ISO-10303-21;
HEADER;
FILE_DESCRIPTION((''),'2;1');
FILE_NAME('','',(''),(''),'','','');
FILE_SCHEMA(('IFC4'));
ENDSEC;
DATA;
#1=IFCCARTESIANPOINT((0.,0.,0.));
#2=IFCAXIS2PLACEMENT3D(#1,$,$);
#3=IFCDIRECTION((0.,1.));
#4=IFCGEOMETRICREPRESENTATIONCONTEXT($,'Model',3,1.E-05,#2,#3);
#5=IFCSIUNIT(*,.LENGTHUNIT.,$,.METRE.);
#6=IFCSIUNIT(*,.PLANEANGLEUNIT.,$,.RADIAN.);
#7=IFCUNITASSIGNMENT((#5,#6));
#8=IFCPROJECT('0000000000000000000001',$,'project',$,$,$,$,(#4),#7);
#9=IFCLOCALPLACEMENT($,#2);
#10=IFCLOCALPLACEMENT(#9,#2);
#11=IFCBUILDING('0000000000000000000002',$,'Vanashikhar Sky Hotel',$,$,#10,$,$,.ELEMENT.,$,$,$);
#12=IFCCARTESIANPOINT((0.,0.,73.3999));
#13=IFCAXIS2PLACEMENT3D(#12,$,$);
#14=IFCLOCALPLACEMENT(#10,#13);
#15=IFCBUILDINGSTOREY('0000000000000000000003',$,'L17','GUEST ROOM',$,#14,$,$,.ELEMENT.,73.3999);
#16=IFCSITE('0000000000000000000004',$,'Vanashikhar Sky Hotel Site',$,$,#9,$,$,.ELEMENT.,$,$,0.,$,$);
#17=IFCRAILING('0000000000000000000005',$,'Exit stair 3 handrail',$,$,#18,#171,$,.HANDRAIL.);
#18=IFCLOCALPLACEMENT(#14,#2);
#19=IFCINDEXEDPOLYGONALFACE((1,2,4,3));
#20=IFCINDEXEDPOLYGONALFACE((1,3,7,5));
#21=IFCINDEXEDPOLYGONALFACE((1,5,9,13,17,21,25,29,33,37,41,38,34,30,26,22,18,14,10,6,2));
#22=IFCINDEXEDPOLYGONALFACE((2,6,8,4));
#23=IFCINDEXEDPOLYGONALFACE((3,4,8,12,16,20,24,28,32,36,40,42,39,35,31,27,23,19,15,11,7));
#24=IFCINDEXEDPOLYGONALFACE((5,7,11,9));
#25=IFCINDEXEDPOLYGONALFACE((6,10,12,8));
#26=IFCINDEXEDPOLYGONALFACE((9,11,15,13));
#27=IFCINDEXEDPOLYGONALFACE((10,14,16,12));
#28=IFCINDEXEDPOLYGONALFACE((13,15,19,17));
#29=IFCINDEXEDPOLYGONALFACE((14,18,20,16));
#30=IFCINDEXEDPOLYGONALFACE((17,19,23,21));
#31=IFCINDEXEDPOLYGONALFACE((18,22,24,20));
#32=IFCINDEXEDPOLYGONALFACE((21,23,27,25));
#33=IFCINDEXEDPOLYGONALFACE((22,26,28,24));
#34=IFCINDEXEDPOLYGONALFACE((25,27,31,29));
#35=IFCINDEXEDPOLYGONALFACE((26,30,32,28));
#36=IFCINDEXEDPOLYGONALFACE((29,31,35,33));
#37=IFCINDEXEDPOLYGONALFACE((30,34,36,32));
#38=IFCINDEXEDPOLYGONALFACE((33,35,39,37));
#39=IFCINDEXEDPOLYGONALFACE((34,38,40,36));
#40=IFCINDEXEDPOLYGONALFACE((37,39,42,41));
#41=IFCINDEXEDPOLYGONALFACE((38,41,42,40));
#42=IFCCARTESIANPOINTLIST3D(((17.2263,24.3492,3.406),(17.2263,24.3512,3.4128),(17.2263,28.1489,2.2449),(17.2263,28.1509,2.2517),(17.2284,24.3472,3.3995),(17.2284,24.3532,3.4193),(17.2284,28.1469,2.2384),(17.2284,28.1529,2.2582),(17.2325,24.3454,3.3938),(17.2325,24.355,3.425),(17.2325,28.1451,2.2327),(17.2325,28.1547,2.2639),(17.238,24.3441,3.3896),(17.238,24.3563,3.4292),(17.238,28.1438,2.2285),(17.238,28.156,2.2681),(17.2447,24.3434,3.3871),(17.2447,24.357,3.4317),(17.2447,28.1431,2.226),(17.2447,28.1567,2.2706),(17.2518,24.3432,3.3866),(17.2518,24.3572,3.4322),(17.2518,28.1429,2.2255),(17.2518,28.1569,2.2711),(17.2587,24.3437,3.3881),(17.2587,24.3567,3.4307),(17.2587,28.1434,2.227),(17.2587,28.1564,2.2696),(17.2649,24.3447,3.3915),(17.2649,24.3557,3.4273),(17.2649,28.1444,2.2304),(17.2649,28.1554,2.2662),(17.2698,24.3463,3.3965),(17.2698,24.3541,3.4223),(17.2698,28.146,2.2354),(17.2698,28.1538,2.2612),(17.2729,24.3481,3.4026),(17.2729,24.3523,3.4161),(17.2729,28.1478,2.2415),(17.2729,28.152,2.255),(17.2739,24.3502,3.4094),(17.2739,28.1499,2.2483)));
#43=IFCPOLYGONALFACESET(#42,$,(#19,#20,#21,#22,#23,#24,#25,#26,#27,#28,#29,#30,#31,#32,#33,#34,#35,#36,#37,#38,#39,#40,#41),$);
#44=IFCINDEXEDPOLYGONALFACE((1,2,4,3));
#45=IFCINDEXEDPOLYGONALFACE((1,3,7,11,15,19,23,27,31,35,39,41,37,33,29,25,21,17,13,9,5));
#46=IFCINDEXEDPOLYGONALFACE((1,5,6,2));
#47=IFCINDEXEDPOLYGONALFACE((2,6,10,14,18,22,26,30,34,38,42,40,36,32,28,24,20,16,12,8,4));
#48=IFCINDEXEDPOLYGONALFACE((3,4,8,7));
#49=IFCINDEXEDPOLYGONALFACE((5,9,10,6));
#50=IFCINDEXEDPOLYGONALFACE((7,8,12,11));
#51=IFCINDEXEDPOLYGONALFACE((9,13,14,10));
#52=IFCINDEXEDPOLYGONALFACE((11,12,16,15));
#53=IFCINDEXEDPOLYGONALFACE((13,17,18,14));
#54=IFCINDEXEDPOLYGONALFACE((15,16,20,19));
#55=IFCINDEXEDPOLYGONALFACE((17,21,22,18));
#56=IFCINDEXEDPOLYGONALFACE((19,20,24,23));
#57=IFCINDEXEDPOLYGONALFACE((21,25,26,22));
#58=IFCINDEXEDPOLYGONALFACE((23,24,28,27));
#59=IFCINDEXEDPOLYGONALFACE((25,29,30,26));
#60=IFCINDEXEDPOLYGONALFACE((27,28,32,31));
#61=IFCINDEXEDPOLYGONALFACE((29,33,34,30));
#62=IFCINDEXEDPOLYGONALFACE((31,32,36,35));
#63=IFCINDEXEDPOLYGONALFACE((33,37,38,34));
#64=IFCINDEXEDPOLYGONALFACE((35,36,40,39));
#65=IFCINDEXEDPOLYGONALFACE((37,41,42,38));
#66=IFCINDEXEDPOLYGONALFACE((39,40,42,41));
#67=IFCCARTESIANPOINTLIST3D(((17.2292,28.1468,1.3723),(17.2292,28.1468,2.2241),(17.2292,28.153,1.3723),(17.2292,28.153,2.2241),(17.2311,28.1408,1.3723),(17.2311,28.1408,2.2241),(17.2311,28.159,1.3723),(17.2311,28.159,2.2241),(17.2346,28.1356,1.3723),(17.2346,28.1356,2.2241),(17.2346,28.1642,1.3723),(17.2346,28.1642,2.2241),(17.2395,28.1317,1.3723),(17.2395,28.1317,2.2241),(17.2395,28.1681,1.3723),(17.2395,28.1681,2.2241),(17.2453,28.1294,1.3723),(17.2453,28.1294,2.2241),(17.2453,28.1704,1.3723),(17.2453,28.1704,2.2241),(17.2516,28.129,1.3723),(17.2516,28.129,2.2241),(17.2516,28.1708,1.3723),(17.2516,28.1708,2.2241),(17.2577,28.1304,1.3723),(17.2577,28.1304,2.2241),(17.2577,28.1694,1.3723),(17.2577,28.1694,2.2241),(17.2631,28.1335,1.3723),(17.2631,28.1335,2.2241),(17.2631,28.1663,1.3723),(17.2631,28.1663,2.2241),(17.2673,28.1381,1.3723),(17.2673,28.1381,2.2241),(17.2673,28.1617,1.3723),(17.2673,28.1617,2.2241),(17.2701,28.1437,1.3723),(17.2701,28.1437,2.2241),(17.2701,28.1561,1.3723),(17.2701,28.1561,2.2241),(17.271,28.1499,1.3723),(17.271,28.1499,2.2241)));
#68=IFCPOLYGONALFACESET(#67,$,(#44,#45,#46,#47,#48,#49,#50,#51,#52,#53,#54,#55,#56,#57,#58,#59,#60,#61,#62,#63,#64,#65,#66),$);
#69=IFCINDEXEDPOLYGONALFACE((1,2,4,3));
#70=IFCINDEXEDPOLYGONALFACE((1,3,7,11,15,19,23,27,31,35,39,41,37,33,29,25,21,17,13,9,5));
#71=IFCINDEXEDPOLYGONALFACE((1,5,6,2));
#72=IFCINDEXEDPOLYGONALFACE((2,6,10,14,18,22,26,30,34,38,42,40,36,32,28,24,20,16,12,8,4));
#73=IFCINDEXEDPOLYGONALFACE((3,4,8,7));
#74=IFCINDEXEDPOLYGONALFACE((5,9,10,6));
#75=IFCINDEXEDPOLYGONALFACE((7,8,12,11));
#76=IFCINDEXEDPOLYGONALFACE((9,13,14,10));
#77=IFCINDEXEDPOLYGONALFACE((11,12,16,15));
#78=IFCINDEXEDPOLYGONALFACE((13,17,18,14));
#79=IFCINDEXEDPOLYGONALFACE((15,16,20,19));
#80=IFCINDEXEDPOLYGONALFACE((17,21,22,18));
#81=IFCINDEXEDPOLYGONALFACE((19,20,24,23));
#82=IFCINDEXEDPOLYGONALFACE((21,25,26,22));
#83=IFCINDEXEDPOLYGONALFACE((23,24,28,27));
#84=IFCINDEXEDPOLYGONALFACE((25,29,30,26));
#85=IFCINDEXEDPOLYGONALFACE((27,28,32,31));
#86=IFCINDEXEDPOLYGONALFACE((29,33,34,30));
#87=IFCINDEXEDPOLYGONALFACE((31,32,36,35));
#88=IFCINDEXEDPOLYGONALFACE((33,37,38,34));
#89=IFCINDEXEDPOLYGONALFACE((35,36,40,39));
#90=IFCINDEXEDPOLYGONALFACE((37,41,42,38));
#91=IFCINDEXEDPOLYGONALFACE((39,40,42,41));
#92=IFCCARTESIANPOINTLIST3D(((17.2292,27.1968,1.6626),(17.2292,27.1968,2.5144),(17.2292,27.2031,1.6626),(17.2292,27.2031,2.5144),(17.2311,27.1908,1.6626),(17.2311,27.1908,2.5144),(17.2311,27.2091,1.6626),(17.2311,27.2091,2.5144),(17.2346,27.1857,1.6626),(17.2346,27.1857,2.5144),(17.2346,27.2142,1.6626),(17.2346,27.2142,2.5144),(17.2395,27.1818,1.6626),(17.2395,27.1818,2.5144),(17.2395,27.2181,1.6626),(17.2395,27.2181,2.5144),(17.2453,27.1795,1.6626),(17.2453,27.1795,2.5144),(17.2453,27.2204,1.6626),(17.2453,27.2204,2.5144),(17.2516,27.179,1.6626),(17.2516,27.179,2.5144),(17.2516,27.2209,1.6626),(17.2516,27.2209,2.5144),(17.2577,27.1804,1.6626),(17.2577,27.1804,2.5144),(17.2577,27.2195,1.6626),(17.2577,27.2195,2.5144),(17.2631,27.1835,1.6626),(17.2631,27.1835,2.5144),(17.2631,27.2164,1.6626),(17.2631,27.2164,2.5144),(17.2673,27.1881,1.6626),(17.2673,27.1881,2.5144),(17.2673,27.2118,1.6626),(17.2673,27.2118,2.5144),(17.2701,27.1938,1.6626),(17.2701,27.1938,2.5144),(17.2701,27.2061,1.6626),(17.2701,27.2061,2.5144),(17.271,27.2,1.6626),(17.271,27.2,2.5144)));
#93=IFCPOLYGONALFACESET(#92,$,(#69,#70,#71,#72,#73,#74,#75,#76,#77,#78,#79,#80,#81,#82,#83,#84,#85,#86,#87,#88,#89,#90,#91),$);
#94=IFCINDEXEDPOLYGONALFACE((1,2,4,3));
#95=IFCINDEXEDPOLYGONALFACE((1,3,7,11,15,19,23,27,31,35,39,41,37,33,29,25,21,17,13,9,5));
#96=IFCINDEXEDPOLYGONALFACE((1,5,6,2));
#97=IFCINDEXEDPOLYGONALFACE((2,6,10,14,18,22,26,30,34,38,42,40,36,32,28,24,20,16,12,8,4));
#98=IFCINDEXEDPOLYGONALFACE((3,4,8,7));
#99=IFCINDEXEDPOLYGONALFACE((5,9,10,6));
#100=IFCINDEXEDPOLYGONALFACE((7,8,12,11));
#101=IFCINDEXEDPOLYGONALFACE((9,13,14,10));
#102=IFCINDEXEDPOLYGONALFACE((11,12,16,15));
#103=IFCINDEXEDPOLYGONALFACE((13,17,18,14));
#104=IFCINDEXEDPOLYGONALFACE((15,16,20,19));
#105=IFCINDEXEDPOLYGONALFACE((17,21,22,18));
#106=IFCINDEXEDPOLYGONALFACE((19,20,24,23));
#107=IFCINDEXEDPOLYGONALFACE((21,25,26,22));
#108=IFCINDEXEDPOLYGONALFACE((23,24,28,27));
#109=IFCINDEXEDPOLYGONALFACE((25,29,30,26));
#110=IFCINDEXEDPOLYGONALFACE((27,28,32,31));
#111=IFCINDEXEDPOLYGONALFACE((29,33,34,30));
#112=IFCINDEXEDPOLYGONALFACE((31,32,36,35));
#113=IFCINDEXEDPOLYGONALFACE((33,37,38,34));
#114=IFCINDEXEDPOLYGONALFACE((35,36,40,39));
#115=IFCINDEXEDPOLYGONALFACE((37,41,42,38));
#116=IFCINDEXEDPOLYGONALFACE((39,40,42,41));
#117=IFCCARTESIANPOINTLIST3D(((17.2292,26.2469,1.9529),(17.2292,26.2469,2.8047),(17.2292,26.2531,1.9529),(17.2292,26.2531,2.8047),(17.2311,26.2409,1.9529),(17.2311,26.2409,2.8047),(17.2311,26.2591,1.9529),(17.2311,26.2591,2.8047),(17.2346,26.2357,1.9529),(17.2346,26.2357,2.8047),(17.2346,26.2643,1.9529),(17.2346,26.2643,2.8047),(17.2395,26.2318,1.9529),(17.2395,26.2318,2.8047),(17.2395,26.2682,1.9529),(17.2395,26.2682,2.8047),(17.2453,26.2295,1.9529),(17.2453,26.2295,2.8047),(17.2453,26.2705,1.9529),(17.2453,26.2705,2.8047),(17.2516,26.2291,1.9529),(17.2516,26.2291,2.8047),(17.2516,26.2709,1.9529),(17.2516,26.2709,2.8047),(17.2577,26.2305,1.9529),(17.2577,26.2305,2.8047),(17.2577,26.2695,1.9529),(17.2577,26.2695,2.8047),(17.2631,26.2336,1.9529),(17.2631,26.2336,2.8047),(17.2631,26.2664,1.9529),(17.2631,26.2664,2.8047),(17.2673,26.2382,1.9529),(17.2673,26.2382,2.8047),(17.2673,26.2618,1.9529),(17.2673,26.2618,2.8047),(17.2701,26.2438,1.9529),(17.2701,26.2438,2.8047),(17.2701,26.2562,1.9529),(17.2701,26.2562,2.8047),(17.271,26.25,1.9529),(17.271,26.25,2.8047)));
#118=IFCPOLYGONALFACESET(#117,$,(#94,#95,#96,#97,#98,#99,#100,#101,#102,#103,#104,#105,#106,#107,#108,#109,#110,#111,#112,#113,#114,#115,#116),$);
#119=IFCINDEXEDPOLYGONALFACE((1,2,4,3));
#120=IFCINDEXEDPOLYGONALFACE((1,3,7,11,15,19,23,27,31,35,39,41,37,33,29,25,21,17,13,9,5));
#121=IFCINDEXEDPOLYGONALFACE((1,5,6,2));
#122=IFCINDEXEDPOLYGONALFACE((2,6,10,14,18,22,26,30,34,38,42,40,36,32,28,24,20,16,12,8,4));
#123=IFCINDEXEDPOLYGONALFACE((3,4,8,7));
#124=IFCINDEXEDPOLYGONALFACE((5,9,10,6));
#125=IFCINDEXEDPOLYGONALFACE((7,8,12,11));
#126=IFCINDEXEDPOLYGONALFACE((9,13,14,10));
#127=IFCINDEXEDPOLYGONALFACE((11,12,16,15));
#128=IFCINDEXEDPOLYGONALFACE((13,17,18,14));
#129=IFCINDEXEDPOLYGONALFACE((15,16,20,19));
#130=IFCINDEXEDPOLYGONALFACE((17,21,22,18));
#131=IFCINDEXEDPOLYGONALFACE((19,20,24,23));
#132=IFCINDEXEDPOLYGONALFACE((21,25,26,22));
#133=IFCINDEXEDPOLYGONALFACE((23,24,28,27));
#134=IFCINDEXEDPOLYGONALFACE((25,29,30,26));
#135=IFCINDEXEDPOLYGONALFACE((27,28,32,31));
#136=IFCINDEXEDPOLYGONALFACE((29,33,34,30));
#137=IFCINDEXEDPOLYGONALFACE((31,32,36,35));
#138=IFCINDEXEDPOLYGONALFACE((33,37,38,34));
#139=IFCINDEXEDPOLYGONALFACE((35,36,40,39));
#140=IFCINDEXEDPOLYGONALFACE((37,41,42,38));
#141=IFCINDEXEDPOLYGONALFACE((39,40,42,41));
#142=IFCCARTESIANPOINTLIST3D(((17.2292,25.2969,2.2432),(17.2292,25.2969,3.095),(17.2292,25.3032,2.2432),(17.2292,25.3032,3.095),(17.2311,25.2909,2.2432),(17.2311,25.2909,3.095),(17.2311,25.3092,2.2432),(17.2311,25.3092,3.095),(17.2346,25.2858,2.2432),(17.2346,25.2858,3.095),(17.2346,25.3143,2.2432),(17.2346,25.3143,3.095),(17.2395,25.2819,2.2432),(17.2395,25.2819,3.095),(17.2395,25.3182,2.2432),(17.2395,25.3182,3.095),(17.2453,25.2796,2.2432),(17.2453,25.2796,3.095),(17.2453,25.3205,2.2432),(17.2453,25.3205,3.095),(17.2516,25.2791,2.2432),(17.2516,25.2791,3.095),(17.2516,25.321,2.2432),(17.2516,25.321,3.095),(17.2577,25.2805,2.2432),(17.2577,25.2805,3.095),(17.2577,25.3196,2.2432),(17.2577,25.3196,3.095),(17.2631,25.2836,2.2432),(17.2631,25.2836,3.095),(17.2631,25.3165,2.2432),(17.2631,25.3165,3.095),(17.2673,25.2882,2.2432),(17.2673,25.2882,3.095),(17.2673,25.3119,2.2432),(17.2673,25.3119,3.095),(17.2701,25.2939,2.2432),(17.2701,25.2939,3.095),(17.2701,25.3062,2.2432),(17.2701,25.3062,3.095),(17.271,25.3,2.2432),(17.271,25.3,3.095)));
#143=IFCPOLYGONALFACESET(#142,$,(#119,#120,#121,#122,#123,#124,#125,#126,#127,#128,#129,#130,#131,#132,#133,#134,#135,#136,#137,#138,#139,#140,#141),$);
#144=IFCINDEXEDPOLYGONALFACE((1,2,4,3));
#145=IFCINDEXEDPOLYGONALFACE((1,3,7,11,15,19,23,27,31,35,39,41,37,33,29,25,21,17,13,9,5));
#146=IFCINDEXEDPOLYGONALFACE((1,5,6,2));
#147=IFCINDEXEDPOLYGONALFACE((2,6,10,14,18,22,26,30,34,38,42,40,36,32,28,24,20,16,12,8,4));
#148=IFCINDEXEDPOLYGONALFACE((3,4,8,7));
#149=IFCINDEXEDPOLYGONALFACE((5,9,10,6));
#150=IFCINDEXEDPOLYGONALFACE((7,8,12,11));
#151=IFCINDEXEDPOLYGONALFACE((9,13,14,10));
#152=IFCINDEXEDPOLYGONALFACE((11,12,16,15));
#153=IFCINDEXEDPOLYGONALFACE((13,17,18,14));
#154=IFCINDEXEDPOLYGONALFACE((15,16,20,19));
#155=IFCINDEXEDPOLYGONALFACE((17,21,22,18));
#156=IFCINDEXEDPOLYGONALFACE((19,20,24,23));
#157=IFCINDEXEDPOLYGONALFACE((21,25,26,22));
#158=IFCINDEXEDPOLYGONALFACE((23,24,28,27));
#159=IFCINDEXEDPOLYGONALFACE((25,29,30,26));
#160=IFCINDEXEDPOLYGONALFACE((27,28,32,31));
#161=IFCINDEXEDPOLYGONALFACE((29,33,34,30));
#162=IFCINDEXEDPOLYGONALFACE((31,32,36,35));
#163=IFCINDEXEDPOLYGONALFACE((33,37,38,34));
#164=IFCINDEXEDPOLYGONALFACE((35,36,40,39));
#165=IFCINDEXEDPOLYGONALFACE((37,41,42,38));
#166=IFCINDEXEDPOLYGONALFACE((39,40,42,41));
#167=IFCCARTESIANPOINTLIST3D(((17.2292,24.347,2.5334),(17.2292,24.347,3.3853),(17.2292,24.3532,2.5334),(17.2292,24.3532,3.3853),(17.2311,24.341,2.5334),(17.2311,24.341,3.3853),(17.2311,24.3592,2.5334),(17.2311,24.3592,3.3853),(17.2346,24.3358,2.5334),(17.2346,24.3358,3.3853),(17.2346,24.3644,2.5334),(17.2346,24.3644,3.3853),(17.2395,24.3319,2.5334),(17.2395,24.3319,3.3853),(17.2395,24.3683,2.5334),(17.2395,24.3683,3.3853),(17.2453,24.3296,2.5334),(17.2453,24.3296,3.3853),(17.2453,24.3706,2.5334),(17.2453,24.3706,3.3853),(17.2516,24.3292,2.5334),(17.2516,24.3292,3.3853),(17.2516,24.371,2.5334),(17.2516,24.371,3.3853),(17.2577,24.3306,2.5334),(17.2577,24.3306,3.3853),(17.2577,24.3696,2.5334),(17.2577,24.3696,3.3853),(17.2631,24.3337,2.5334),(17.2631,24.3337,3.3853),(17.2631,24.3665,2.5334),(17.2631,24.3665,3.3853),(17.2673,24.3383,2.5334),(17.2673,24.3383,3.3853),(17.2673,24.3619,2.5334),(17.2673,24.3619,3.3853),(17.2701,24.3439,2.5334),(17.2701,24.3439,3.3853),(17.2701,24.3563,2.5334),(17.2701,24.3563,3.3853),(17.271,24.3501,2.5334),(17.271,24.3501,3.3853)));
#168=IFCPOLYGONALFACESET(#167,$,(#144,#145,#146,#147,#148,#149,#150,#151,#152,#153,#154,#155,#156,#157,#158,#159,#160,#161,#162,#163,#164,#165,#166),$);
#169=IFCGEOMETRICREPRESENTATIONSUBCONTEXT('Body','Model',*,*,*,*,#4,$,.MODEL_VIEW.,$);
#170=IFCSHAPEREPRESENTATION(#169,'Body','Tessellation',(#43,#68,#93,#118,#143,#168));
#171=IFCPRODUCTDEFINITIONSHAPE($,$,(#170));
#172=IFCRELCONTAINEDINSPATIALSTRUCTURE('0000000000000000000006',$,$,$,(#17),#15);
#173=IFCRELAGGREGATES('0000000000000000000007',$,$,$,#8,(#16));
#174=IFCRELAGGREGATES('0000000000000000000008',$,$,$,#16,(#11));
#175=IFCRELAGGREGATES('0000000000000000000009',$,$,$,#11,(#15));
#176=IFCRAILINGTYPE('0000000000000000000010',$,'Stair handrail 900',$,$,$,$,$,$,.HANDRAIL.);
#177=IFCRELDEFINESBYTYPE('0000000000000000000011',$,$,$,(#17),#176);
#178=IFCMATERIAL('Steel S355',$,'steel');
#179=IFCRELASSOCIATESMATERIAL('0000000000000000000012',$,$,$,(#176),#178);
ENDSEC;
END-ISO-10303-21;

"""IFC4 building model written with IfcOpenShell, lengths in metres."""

from ifc_helpers import new_model, si_unit, direction, frame, origin, origin_2d, place, context, subcontext, project, spatial, circle, extrude, source, transform, mapped, material, type_object, element, save


model = new_model("IFC4")

# Units and contexts
model_context = context("Model", 3, precision=1e-05, world=origin(), true_north=direction((0.0, 1.0)))
body_context = subcontext(model_context, "Body", "Model", "MODEL_VIEW")
ifc_project = project(units=[si_unit("LENGTHUNIT", "METRE"), si_unit("PLANEANGLEUNIT", "RADIAN")], contexts=[model_context])

# Site, building, storey
site_placement = place(None, origin())
site = spatial("IfcSite", under=ifc_project, at=site_placement, Name="Vanashikhar Sky Hotel Site", CompositionType="ELEMENT", RefElevation=0.0)
building_placement = place(site_placement, origin())
building = spatial("IfcBuilding", under=site, at=building_placement, Name="Vanashikhar Sky Hotel", CompositionType="ELEMENT")
storey_placement = place(building_placement, frame((0.0, 0.0, 73.3999)))
storey = spatial("IfcBuildingStorey", under=building, at=storey_placement, Name="L17", Description="GUEST ROOM", CompositionType="ELEMENT", Elevation=73.3999)

# Railing
ifc_material_1 = material(Name="Steel S355", Category="steel")
railing_type = type_object("IfcRailingType", Name="Stair handrail 900", PredefinedType="HANDRAIL", material=ifc_material_1)
shared_shape_1 = source(origin(), body_context, "Body", "SweptSolid", [
    extrude(circle(Radius=0.0239, at=origin_2d()), frame((0.0, 0.0, 0.876), z_axis=(0.0, -0.956346, 0.292237), x_axis=(1.0, 0.0, 0.0)), (0.0, 0.0, 1.0), 3.9731),
    extrude(circle(Radius=0.021, at=origin_2d()), origin(), (0.0, 0.0, 1.0), 0.8518),
    extrude(circle(Radius=0.021, at=origin_2d()), frame((0.0, -0.95, 0.2903)), (0.0, 0.0, 1.0), 0.8518),
    extrude(circle(Radius=0.021, at=origin_2d()), frame((0.0, -1.8999, 0.5806)), (0.0, 0.0, 1.0), 0.8518),
    extrude(circle(Radius=0.021, at=origin_2d()), frame((0.0, -2.8499, 0.8708)), (0.0, 0.0, 1.0), 0.8518),
    extrude(circle(Radius=0.021, at=origin_2d()), frame((0.0, -3.7998, 1.1611)), (0.0, 0.0, 1.0), 0.8518),
])
railing_placement = place(storey_placement, frame((17.25, 28.1499, 1.3723)))
element("IfcRailing", 1, at=railing_placement, inside=storey, type_object=railing_type, Name="Exit stair 3 handrail", PredefinedType="HANDRAIL", context=body_context, shape_type="MappedRepresentation", body=[
    mapped(shared_shape_1, transform((0.0, 0.0, 0.0), scale=1.0)),
])

save(model, "model.ifc")
